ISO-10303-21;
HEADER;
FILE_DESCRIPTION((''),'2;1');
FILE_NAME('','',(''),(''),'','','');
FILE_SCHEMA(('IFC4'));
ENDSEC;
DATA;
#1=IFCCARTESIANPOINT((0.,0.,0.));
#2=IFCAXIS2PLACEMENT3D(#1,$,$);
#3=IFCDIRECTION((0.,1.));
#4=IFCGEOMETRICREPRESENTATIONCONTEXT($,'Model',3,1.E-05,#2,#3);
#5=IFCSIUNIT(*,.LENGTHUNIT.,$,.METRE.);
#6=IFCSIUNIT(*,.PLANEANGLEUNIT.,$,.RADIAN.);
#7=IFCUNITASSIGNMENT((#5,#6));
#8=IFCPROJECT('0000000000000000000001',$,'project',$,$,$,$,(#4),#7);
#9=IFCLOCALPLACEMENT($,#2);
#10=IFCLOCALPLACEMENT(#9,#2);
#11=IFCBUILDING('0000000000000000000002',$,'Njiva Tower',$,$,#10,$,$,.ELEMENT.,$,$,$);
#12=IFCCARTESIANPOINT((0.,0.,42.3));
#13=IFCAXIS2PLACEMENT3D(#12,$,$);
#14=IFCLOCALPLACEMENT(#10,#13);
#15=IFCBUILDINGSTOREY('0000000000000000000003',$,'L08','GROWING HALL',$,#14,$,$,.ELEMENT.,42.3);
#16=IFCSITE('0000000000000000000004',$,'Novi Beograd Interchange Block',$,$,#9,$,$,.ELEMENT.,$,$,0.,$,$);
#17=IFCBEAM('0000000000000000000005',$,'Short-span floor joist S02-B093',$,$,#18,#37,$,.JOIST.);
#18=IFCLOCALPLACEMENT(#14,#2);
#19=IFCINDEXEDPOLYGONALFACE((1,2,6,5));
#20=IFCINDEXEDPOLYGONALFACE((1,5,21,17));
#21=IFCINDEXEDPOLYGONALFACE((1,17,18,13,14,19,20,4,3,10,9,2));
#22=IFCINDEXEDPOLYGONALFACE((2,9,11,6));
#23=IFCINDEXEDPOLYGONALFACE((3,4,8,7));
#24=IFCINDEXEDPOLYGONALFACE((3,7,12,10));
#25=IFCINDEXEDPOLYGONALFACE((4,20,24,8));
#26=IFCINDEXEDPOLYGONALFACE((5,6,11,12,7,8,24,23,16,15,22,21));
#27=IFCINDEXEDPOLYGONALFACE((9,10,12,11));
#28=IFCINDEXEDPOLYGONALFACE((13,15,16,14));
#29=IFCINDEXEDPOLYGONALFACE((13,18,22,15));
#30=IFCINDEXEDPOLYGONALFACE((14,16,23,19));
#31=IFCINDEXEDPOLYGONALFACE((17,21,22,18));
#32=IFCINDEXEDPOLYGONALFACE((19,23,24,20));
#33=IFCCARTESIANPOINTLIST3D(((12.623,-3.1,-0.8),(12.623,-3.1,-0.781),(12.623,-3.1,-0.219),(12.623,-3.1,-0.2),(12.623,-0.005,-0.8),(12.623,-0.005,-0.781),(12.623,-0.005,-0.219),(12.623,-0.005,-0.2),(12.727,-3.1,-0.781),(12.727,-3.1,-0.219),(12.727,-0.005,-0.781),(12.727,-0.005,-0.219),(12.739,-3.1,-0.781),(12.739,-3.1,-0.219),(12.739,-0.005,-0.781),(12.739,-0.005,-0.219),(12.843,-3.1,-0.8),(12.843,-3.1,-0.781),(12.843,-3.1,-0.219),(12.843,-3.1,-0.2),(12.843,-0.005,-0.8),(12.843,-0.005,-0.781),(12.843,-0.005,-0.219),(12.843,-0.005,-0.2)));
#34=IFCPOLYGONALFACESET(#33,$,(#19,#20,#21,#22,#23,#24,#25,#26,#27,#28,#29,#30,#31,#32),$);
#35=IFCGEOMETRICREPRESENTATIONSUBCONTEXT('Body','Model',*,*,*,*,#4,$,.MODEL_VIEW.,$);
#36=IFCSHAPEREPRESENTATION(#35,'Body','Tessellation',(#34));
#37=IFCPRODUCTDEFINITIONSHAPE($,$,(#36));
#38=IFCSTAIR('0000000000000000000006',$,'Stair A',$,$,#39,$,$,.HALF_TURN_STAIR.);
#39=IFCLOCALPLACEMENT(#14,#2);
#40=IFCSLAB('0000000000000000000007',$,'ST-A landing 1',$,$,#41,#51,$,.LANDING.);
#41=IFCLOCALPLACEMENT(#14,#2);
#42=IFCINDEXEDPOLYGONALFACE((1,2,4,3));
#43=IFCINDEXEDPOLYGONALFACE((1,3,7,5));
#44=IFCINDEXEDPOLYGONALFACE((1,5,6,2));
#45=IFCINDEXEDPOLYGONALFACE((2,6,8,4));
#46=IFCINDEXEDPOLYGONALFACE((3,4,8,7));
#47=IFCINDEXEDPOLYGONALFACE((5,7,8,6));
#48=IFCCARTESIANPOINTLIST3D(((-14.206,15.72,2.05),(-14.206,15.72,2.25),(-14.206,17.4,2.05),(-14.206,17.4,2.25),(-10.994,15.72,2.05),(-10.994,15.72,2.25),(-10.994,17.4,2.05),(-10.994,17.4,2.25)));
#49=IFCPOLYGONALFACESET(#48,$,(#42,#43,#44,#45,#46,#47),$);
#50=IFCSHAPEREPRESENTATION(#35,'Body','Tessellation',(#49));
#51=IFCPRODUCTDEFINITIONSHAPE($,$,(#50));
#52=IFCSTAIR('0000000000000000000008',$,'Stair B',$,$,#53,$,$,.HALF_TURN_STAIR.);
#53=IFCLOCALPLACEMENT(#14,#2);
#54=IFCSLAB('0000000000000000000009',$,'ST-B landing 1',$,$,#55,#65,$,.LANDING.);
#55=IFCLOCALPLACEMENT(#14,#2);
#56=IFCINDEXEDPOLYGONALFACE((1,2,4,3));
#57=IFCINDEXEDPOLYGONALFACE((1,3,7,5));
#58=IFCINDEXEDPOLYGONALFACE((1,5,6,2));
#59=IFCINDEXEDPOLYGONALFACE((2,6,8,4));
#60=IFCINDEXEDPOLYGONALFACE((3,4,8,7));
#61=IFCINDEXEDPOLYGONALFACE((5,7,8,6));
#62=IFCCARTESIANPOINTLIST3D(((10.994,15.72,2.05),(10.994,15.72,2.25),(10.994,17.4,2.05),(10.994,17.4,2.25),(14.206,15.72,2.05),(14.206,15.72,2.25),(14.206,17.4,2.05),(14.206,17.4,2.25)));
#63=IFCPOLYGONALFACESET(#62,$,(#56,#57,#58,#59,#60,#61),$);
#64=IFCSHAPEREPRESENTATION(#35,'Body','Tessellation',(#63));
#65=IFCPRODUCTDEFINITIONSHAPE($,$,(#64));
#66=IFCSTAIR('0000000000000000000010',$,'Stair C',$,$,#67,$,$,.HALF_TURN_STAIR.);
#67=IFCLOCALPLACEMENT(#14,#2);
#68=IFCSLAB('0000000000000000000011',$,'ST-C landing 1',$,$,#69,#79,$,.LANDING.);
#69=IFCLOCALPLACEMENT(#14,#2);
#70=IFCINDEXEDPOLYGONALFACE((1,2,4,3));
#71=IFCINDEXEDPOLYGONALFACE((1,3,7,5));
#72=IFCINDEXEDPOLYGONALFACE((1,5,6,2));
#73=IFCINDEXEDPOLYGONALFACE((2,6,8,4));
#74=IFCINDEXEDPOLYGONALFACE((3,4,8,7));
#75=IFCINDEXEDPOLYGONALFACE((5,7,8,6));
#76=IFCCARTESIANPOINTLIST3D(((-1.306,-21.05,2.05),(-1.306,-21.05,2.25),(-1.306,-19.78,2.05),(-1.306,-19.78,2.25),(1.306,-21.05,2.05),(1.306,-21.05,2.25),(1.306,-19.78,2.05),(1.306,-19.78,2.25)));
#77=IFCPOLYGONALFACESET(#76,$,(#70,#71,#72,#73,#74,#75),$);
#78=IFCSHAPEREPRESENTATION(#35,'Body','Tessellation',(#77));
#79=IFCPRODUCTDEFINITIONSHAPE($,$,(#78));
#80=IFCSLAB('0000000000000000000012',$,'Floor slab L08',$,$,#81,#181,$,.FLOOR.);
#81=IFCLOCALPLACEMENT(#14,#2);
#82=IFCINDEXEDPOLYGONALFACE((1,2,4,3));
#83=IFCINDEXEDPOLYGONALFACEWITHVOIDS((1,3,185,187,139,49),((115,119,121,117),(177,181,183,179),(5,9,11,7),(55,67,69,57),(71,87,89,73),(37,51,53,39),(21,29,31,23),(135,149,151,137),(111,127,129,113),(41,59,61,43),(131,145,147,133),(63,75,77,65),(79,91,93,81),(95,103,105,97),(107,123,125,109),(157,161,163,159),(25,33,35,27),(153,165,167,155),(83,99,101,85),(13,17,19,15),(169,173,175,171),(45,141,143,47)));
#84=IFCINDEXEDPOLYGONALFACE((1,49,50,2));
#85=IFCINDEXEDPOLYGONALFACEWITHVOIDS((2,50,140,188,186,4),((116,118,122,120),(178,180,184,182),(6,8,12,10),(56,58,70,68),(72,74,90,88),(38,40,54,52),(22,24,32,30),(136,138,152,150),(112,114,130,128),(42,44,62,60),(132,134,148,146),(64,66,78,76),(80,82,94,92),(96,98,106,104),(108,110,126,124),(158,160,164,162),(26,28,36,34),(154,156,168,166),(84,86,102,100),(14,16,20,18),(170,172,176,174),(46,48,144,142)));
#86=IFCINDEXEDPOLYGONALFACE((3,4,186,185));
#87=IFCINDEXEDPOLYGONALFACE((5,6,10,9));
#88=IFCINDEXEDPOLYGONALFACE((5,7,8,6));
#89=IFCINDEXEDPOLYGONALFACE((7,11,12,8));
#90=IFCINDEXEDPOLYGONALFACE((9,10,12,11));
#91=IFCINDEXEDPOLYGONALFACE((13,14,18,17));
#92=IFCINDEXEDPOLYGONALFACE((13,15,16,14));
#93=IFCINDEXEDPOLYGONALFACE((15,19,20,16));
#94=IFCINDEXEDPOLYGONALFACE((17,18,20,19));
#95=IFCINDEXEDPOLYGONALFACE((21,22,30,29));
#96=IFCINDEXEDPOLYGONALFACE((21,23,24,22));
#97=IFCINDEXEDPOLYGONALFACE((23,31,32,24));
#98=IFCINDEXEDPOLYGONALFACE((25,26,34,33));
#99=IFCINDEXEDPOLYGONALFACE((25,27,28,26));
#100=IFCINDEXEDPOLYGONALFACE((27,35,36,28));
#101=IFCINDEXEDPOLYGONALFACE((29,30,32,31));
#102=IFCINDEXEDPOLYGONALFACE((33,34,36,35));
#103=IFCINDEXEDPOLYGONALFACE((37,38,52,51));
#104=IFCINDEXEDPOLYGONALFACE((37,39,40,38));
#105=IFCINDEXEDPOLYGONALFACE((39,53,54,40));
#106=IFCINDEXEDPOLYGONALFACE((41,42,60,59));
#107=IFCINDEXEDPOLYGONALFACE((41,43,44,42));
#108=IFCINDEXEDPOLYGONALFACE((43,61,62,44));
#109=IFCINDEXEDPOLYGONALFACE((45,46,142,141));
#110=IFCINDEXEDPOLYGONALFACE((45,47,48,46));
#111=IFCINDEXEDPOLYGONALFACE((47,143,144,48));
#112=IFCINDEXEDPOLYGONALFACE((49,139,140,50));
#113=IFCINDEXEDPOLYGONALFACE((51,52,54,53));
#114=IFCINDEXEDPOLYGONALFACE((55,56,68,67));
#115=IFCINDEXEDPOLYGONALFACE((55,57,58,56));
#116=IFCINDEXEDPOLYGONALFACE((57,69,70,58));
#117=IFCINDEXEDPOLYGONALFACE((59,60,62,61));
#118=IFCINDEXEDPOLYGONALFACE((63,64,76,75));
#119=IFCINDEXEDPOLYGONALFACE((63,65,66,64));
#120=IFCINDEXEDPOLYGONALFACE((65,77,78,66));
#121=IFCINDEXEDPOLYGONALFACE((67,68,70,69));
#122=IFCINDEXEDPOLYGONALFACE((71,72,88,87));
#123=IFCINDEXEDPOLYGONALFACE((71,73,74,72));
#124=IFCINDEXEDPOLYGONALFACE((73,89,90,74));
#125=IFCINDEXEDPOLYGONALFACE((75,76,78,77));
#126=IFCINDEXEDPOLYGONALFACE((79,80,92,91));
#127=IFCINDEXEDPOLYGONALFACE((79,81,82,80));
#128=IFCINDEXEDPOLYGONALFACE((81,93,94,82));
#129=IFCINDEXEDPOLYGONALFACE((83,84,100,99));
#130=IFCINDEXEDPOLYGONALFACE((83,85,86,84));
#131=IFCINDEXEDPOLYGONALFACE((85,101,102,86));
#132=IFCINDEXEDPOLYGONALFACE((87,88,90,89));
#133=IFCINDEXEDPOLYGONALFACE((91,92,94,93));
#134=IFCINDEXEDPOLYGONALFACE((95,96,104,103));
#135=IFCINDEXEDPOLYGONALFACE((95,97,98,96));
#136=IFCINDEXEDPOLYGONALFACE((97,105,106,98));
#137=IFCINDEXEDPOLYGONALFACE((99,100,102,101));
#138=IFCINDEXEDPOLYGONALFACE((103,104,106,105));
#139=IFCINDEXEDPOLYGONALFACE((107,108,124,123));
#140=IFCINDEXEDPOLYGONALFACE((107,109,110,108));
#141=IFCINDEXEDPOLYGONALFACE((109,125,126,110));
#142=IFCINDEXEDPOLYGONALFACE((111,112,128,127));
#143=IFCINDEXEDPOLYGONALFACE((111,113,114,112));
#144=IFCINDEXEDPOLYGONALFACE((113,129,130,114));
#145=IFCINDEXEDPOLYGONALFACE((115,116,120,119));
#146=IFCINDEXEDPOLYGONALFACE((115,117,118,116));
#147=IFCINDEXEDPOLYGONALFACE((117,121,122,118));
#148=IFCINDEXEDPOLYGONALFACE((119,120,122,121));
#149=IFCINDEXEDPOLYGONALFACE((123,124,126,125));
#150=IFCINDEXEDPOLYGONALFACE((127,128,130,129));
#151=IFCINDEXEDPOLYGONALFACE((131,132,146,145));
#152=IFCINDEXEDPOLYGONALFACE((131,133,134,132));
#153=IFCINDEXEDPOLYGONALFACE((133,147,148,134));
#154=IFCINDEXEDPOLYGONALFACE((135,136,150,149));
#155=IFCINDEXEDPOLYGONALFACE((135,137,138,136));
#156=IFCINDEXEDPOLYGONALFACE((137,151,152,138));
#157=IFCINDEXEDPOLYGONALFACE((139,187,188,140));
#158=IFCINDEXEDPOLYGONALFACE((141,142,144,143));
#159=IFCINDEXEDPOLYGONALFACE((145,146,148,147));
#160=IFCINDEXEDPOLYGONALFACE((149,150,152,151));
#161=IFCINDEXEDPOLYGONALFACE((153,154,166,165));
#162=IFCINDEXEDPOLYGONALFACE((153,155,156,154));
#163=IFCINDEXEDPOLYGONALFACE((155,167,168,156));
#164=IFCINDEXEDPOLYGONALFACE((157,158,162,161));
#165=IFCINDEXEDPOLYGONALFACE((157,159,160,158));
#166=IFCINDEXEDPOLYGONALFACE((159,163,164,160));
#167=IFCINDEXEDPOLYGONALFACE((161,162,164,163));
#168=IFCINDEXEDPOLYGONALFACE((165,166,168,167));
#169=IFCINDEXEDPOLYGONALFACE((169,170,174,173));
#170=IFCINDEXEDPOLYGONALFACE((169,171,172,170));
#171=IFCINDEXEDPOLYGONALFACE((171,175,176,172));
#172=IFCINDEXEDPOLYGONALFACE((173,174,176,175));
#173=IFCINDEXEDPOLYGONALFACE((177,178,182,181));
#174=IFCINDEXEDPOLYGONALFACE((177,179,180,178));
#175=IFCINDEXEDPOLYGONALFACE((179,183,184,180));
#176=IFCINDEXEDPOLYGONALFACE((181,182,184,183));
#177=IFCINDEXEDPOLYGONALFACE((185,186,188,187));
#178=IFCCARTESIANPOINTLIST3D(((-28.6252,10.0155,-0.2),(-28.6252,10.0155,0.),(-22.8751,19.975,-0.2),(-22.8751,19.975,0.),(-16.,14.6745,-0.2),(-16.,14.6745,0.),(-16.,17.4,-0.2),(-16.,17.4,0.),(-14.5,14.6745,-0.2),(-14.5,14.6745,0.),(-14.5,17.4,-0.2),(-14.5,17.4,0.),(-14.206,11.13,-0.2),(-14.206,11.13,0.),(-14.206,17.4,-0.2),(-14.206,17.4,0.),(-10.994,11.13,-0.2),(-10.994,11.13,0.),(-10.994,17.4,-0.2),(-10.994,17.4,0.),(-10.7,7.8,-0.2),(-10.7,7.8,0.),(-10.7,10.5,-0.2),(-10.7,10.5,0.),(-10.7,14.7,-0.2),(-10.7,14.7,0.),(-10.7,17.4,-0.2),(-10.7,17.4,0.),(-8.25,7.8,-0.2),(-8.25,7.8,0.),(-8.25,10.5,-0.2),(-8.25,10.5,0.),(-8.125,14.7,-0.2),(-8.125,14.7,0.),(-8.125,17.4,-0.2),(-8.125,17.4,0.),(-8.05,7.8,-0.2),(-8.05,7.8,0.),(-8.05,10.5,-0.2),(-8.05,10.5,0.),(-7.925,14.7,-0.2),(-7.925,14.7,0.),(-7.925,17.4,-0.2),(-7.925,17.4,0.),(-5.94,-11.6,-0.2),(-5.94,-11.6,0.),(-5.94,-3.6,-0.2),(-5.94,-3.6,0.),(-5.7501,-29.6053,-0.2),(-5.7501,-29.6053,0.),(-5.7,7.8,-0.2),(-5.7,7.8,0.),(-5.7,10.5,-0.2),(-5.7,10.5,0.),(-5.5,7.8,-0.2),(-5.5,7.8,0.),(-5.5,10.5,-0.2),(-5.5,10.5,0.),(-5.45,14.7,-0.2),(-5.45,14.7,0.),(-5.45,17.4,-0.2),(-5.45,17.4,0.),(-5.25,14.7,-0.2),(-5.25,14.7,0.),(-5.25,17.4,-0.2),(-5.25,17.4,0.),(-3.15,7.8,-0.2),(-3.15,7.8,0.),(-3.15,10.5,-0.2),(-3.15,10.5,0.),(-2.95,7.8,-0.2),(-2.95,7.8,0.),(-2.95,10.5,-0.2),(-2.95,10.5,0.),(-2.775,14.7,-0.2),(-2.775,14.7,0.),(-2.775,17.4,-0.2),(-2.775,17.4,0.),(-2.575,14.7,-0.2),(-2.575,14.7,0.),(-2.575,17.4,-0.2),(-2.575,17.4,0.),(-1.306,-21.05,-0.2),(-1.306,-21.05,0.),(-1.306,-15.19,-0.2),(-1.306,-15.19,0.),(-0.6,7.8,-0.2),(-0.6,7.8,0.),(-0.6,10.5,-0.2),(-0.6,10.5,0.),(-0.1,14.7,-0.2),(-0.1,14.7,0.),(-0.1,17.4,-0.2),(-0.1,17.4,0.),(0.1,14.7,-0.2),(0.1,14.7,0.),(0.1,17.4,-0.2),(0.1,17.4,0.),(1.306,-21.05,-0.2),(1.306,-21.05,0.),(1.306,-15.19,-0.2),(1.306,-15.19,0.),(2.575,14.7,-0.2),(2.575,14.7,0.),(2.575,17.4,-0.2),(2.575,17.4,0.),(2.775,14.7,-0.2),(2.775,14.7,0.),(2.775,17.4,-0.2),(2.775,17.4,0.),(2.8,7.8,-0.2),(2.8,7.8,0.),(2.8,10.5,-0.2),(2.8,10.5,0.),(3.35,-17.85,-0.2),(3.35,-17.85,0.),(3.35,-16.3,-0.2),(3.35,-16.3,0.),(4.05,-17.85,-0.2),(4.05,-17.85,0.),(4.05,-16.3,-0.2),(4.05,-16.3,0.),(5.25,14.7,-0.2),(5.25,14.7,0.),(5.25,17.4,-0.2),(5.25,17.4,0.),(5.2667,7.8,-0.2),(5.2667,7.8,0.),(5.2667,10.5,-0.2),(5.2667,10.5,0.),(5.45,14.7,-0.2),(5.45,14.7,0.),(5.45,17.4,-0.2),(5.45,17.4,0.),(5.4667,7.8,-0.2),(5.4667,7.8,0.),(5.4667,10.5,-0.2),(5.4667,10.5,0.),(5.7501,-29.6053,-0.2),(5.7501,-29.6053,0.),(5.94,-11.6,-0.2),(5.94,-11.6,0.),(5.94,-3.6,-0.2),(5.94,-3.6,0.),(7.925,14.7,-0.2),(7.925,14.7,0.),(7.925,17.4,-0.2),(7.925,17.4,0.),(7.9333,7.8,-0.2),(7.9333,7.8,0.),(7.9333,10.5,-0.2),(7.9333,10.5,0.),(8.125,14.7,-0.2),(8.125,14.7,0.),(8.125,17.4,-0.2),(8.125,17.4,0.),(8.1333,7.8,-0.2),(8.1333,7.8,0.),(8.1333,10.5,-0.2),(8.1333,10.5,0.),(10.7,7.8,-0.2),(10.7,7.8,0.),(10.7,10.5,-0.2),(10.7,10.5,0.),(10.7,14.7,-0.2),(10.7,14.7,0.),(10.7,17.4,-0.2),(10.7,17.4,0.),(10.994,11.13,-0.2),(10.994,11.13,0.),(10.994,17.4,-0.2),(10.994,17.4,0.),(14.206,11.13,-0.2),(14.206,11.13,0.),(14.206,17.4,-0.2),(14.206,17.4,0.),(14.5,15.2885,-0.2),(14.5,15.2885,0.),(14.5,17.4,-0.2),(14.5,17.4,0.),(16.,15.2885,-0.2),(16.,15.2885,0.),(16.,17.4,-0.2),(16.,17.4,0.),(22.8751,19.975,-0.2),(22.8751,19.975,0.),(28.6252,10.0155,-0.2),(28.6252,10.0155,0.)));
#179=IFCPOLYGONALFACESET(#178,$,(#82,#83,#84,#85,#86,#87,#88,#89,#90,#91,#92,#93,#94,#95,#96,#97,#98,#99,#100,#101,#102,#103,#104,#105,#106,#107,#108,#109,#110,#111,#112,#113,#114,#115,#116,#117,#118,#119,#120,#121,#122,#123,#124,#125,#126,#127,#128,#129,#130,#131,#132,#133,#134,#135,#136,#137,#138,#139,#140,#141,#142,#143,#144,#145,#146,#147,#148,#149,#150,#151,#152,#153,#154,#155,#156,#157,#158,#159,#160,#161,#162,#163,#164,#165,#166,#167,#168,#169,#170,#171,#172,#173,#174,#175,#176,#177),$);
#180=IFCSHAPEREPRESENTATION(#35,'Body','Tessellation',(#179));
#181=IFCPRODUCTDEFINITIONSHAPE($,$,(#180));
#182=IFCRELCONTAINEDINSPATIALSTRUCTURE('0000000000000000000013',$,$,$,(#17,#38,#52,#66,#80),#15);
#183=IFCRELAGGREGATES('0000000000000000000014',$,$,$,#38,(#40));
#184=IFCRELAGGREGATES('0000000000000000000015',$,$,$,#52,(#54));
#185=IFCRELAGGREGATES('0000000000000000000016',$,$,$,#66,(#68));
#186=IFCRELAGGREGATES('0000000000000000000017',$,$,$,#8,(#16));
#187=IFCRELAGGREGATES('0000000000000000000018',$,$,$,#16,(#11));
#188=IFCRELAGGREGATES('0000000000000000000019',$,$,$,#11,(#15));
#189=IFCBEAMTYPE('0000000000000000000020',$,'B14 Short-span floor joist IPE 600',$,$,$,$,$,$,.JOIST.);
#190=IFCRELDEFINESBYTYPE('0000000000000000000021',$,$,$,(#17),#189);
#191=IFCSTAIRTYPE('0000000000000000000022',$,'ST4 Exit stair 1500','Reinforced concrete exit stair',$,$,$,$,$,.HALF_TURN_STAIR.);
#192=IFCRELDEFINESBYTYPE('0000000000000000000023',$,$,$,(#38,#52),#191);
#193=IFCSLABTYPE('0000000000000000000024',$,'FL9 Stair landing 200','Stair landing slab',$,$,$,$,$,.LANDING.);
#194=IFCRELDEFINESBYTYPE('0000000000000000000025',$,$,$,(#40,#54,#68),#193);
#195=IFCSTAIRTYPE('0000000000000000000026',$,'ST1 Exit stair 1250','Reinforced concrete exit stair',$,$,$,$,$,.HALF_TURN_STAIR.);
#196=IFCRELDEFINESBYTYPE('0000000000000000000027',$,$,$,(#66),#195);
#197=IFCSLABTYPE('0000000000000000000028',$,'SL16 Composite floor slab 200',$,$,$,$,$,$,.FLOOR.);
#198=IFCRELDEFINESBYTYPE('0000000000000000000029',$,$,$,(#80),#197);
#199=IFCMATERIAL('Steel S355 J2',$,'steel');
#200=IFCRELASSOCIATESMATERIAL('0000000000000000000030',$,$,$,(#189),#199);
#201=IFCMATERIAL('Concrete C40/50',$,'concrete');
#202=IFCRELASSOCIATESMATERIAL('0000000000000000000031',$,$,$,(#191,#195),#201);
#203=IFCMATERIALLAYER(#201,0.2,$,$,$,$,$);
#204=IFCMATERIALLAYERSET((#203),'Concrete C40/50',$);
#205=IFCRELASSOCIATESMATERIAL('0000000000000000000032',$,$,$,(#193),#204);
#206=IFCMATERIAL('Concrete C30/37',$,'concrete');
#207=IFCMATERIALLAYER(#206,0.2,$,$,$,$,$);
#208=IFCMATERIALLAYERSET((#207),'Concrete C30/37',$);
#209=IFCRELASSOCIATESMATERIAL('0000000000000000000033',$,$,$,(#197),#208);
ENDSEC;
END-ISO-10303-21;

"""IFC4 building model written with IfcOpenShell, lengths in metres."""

from ifc_helpers import new_model, si_unit, direction, frame, origin, origin_2d, place, context, subcontext, project, spatial, polyline, i_section, outline, extrude, material, layer, layer_set, material_profile, profile_set, type_object, element, aggregate, save


model = new_model("IFC4")

# Units and contexts
model_context = context("Model", 3, precision=1e-05, world=origin(), true_north=direction((0.0, 1.0)))
body_context = subcontext(model_context, "Body", "Model", "MODEL_VIEW")
ifc_project = project(units=[si_unit("LENGTHUNIT", "METRE"), si_unit("PLANEANGLEUNIT", "RADIAN")], contexts=[model_context])

# Site, building, storey
site_placement = place(None, origin())
site = spatial("IfcSite", under=ifc_project, at=site_placement, Name="Novi Beograd Interchange Block", CompositionType="ELEMENT", RefElevation=0.0)
building_placement = place(site_placement, origin())
building = spatial("IfcBuilding", under=site, at=building_placement, Name="Njiva Tower", CompositionType="ELEMENT")
storey_placement = place(building_placement, frame((0.0, 0.0, 42.3)))
storey = spatial("IfcBuildingStorey", under=building, at=storey_placement, Name="L08", Description="GROWING HALL", CompositionType="ELEMENT", Elevation=42.3)

# Beam
ifc_material_1 = material(Name="Steel S355 J2", Category="steel")
ifc_material_profile = material_profile(ifc_material_1, i_section(OverallWidth=0.22, OverallDepth=0.6, WebThickness=0.012, FlangeThickness=0.019, at=origin_2d()), Name="IPE 600")
ifc_profile_set = profile_set([ifc_material_profile], Name="Steel S355 J2")
beam_type = type_object("IfcBeamType", Name="B14 Short-span floor joist IPE 600", PredefinedType="JOIST", material=ifc_profile_set)
beam_placement = place(storey_placement, frame((12.733, -0.005, -0.5), z_axis=(0.0, -1.0, 0.0), x_axis=(1.0, 0.0, 0.0)))
element("IfcBeam", 1, at=beam_placement, inside=storey, type_object=beam_type, Name="Short-span floor joist S02-B093", PredefinedType="JOIST", context=body_context, shape_type="SweptSolid", body=[
    extrude(i_section(OverallWidth=0.22, OverallDepth=0.6, WebThickness=0.012, FlangeThickness=0.019, at=origin_2d()), origin(), (0.0, 0.0, 1.0), 3.095),
])

# Stairs, slabs
ifc_material_2 = material(Name="Concrete C40/50", Category="concrete")
stair_type_1 = type_object("IfcStairType", Name="ST4 Exit stair 1500", Description="Reinforced concrete exit stair", PredefinedType="HALF_TURN_STAIR", material=ifc_material_2)
stair_1_placement = place(storey_placement, origin())
stair_1 = element("IfcStair", 2, at=stair_1_placement, inside=storey, type_object=stair_type_1, Name="Stair A", PredefinedType="HALF_TURN_STAIR")
ifc_layer_1 = layer(ifc_material_2, 0.2)
ifc_layer_set_1 = layer_set([ifc_layer_1], Name="Concrete C40/50")
slab_type_1 = type_object("IfcSlabType", Name="FL9 Stair landing 200", Description="Stair landing slab", PredefinedType="LANDING", material=ifc_layer_set_1)
slab_1_placement = place(storey_placement, frame((0.0, 0.0, 2.05)))
slab_1 = element("IfcSlab", 3, at=slab_1_placement, type_object=slab_type_1, Name="ST-A landing 1", PredefinedType="LANDING", context=body_context, shape_type="SweptSolid", body=[
    extrude(outline(polyline([(-14.206, 15.72), (-10.994, 15.72), (-10.994, 17.4), (-14.206, 17.4), (-14.206, 15.72)])), origin(), (0.0, 0.0, 1.0), 0.2),
])
aggregate(stair_1, [slab_1])
stair_2_placement = place(storey_placement, origin())
stair_2 = element("IfcStair", 4, at=stair_2_placement, inside=storey, type_object=stair_type_1, Name="Stair B", PredefinedType="HALF_TURN_STAIR")
slab_2_placement = place(storey_placement, frame((0.0, 0.0, 2.05)))
slab_2 = element("IfcSlab", 5, at=slab_2_placement, type_object=slab_type_1, Name="ST-B landing 1", PredefinedType="LANDING", context=body_context, shape_type="SweptSolid", body=[
    extrude(outline(polyline([(10.994, 15.72), (14.206, 15.72), (14.206, 17.4), (10.994, 17.4), (10.994, 15.72)])), origin(), (0.0, 0.0, 1.0), 0.2),
])
aggregate(stair_2, [slab_2])
stair_type_2 = type_object("IfcStairType", Name="ST1 Exit stair 1250", Description="Reinforced concrete exit stair", PredefinedType="HALF_TURN_STAIR", material=ifc_material_2)
stair_3_placement = place(storey_placement, origin())
stair_3 = element("IfcStair", 6, at=stair_3_placement, inside=storey, type_object=stair_type_2, Name="Stair C", PredefinedType="HALF_TURN_STAIR")
slab_3_placement = place(storey_placement, frame((0.0, 0.0, 2.05)))
slab_3 = element("IfcSlab", 7, at=slab_3_placement, type_object=slab_type_1, Name="ST-C landing 1", PredefinedType="LANDING", context=body_context, shape_type="SweptSolid", body=[
    extrude(outline(polyline([(-1.306, -21.05), (1.306, -21.05), (1.306, -19.78), (-1.306, -19.78), (-1.306, -21.05)])), origin(), (0.0, 0.0, 1.0), 0.2),
])
aggregate(stair_3, [slab_3])

# Slab
ifc_material_3 = material(Name="Concrete C30/37", Category="concrete")
ifc_layer_2 = layer(ifc_material_3, 0.2)
ifc_layer_set_2 = layer_set([ifc_layer_2], Name="Concrete C30/37")
slab_type_2 = type_object("IfcSlabType", Name="SL16 Composite floor slab 200", PredefinedType="FLOOR", material=ifc_layer_set_2)
slab_4_placement = place(storey_placement, frame((0.0, 0.0, -0.2)))
element("IfcSlab", 8, at=slab_4_placement, inside=storey, type_object=slab_type_2, Name="Floor slab L08", PredefinedType="FLOOR", context=body_context, shape_type="SweptSolid", body=[
    extrude(outline(polyline([(28.6252, 10.0155), (5.7501, -29.6053), (-5.7501, -29.6053), (-28.6252, 10.0155), (-22.8751, 19.975), (22.8751, 19.975), (28.6252, 10.0155)]), holes=[polyline([(14.5, 17.4), (14.5, 15.2885), (16.0, 15.2885), (16.0, 17.4), (14.5, 17.4)]), polyline([(10.994, 11.13), (14.206, 11.13), (14.206, 17.4), (10.994, 17.4), (10.994, 11.13)]), polyline([(8.125, 17.4), (8.125, 14.7), (10.7, 14.7), (10.7, 17.4), (8.125, 17.4)]), polyline([(8.1333, 10.5), (8.1333, 7.8), (10.7, 7.8), (10.7, 10.5), (8.1333, 10.5)]), polyline([(5.4667, 10.5), (5.4667, 7.8), (7.9333, 7.8), (7.9333, 10.5), (5.4667, 10.5)]), polyline([(5.45, 14.7), (7.925, 14.7), (7.925, 17.4), (5.45, 17.4), (5.45, 14.7)]), polyline([(5.94, -11.6), (5.94, -3.6), (-5.94, -3.6), (-5.94, -11.6), (5.94, -11.6)]), polyline([(2.8, 7.8), (5.2667, 7.8), (5.2667, 10.5), (2.8, 10.5), (2.8, 7.8)]), polyline([(2.775, 17.4), (2.775, 14.7), (5.25, 14.7), (5.25, 17.4), (2.775, 17.4)]), polyline([(3.35, -17.85), (4.05, -17.85), (4.05, -16.3), (3.35, -16.3), (3.35, -17.85)]), polyline([(0.1, 17.4), (0.1, 14.7), (2.575, 14.7), (2.575, 17.4), (0.1, 17.4)]), polyline([(-1.306, -21.05), (1.306, -21.05), (1.306, -15.19), (-1.306, -15.19), (-1.306, -21.05)]), polyline([(-2.575, 17.4), (-2.575, 14.7), (-0.1, 14.7), (-0.1, 17.4), (-2.575, 17.4)]), polyline([(-2.95, 10.5), (-2.95, 7.8), (-0.6, 7.8), (-0.6, 10.5), (-2.95, 10.5)]), polyline([(-5.25, 17.4), (-5.25, 14.7), (-2.775, 14.7), (-2.775, 17.4), (-5.25, 17.4)]), polyline([(-5.5, 10.5), (-5.5, 7.8), (-3.15, 7.8), (-3.15, 10.5), (-5.5, 10.5)]), polyline([(-7.925, 14.7), (-5.45, 14.7), (-5.45, 17.4), (-7.925, 17.4), (-7.925, 14.7)]), polyline([(-8.05, 7.8), (-5.7, 7.8), (-5.7, 10.5), (-8.05, 10.5), (-8.05, 7.8)]), polyline([(-10.7, 17.4), (-10.7, 14.7), (-8.125, 14.7), (-8.125, 17.4), (-10.7, 17.4)]), polyline([(-10.7, 7.8), (-8.25, 7.8), (-8.25, 10.5), (-10.7, 10.5), (-10.7, 7.8)]), polyline([(-14.206, 11.13), (-10.994, 11.13), (-10.994, 17.4), (-14.206, 17.4), (-14.206, 11.13)]), polyline([(-14.5, 14.6745), (-14.5, 17.4), (-16.0, 17.4), (-16.0, 14.6745), (-14.5, 14.6745)])]), origin(), (0.0, 0.0, 1.0), 0.2),
])

save(model, "model.ifc")
